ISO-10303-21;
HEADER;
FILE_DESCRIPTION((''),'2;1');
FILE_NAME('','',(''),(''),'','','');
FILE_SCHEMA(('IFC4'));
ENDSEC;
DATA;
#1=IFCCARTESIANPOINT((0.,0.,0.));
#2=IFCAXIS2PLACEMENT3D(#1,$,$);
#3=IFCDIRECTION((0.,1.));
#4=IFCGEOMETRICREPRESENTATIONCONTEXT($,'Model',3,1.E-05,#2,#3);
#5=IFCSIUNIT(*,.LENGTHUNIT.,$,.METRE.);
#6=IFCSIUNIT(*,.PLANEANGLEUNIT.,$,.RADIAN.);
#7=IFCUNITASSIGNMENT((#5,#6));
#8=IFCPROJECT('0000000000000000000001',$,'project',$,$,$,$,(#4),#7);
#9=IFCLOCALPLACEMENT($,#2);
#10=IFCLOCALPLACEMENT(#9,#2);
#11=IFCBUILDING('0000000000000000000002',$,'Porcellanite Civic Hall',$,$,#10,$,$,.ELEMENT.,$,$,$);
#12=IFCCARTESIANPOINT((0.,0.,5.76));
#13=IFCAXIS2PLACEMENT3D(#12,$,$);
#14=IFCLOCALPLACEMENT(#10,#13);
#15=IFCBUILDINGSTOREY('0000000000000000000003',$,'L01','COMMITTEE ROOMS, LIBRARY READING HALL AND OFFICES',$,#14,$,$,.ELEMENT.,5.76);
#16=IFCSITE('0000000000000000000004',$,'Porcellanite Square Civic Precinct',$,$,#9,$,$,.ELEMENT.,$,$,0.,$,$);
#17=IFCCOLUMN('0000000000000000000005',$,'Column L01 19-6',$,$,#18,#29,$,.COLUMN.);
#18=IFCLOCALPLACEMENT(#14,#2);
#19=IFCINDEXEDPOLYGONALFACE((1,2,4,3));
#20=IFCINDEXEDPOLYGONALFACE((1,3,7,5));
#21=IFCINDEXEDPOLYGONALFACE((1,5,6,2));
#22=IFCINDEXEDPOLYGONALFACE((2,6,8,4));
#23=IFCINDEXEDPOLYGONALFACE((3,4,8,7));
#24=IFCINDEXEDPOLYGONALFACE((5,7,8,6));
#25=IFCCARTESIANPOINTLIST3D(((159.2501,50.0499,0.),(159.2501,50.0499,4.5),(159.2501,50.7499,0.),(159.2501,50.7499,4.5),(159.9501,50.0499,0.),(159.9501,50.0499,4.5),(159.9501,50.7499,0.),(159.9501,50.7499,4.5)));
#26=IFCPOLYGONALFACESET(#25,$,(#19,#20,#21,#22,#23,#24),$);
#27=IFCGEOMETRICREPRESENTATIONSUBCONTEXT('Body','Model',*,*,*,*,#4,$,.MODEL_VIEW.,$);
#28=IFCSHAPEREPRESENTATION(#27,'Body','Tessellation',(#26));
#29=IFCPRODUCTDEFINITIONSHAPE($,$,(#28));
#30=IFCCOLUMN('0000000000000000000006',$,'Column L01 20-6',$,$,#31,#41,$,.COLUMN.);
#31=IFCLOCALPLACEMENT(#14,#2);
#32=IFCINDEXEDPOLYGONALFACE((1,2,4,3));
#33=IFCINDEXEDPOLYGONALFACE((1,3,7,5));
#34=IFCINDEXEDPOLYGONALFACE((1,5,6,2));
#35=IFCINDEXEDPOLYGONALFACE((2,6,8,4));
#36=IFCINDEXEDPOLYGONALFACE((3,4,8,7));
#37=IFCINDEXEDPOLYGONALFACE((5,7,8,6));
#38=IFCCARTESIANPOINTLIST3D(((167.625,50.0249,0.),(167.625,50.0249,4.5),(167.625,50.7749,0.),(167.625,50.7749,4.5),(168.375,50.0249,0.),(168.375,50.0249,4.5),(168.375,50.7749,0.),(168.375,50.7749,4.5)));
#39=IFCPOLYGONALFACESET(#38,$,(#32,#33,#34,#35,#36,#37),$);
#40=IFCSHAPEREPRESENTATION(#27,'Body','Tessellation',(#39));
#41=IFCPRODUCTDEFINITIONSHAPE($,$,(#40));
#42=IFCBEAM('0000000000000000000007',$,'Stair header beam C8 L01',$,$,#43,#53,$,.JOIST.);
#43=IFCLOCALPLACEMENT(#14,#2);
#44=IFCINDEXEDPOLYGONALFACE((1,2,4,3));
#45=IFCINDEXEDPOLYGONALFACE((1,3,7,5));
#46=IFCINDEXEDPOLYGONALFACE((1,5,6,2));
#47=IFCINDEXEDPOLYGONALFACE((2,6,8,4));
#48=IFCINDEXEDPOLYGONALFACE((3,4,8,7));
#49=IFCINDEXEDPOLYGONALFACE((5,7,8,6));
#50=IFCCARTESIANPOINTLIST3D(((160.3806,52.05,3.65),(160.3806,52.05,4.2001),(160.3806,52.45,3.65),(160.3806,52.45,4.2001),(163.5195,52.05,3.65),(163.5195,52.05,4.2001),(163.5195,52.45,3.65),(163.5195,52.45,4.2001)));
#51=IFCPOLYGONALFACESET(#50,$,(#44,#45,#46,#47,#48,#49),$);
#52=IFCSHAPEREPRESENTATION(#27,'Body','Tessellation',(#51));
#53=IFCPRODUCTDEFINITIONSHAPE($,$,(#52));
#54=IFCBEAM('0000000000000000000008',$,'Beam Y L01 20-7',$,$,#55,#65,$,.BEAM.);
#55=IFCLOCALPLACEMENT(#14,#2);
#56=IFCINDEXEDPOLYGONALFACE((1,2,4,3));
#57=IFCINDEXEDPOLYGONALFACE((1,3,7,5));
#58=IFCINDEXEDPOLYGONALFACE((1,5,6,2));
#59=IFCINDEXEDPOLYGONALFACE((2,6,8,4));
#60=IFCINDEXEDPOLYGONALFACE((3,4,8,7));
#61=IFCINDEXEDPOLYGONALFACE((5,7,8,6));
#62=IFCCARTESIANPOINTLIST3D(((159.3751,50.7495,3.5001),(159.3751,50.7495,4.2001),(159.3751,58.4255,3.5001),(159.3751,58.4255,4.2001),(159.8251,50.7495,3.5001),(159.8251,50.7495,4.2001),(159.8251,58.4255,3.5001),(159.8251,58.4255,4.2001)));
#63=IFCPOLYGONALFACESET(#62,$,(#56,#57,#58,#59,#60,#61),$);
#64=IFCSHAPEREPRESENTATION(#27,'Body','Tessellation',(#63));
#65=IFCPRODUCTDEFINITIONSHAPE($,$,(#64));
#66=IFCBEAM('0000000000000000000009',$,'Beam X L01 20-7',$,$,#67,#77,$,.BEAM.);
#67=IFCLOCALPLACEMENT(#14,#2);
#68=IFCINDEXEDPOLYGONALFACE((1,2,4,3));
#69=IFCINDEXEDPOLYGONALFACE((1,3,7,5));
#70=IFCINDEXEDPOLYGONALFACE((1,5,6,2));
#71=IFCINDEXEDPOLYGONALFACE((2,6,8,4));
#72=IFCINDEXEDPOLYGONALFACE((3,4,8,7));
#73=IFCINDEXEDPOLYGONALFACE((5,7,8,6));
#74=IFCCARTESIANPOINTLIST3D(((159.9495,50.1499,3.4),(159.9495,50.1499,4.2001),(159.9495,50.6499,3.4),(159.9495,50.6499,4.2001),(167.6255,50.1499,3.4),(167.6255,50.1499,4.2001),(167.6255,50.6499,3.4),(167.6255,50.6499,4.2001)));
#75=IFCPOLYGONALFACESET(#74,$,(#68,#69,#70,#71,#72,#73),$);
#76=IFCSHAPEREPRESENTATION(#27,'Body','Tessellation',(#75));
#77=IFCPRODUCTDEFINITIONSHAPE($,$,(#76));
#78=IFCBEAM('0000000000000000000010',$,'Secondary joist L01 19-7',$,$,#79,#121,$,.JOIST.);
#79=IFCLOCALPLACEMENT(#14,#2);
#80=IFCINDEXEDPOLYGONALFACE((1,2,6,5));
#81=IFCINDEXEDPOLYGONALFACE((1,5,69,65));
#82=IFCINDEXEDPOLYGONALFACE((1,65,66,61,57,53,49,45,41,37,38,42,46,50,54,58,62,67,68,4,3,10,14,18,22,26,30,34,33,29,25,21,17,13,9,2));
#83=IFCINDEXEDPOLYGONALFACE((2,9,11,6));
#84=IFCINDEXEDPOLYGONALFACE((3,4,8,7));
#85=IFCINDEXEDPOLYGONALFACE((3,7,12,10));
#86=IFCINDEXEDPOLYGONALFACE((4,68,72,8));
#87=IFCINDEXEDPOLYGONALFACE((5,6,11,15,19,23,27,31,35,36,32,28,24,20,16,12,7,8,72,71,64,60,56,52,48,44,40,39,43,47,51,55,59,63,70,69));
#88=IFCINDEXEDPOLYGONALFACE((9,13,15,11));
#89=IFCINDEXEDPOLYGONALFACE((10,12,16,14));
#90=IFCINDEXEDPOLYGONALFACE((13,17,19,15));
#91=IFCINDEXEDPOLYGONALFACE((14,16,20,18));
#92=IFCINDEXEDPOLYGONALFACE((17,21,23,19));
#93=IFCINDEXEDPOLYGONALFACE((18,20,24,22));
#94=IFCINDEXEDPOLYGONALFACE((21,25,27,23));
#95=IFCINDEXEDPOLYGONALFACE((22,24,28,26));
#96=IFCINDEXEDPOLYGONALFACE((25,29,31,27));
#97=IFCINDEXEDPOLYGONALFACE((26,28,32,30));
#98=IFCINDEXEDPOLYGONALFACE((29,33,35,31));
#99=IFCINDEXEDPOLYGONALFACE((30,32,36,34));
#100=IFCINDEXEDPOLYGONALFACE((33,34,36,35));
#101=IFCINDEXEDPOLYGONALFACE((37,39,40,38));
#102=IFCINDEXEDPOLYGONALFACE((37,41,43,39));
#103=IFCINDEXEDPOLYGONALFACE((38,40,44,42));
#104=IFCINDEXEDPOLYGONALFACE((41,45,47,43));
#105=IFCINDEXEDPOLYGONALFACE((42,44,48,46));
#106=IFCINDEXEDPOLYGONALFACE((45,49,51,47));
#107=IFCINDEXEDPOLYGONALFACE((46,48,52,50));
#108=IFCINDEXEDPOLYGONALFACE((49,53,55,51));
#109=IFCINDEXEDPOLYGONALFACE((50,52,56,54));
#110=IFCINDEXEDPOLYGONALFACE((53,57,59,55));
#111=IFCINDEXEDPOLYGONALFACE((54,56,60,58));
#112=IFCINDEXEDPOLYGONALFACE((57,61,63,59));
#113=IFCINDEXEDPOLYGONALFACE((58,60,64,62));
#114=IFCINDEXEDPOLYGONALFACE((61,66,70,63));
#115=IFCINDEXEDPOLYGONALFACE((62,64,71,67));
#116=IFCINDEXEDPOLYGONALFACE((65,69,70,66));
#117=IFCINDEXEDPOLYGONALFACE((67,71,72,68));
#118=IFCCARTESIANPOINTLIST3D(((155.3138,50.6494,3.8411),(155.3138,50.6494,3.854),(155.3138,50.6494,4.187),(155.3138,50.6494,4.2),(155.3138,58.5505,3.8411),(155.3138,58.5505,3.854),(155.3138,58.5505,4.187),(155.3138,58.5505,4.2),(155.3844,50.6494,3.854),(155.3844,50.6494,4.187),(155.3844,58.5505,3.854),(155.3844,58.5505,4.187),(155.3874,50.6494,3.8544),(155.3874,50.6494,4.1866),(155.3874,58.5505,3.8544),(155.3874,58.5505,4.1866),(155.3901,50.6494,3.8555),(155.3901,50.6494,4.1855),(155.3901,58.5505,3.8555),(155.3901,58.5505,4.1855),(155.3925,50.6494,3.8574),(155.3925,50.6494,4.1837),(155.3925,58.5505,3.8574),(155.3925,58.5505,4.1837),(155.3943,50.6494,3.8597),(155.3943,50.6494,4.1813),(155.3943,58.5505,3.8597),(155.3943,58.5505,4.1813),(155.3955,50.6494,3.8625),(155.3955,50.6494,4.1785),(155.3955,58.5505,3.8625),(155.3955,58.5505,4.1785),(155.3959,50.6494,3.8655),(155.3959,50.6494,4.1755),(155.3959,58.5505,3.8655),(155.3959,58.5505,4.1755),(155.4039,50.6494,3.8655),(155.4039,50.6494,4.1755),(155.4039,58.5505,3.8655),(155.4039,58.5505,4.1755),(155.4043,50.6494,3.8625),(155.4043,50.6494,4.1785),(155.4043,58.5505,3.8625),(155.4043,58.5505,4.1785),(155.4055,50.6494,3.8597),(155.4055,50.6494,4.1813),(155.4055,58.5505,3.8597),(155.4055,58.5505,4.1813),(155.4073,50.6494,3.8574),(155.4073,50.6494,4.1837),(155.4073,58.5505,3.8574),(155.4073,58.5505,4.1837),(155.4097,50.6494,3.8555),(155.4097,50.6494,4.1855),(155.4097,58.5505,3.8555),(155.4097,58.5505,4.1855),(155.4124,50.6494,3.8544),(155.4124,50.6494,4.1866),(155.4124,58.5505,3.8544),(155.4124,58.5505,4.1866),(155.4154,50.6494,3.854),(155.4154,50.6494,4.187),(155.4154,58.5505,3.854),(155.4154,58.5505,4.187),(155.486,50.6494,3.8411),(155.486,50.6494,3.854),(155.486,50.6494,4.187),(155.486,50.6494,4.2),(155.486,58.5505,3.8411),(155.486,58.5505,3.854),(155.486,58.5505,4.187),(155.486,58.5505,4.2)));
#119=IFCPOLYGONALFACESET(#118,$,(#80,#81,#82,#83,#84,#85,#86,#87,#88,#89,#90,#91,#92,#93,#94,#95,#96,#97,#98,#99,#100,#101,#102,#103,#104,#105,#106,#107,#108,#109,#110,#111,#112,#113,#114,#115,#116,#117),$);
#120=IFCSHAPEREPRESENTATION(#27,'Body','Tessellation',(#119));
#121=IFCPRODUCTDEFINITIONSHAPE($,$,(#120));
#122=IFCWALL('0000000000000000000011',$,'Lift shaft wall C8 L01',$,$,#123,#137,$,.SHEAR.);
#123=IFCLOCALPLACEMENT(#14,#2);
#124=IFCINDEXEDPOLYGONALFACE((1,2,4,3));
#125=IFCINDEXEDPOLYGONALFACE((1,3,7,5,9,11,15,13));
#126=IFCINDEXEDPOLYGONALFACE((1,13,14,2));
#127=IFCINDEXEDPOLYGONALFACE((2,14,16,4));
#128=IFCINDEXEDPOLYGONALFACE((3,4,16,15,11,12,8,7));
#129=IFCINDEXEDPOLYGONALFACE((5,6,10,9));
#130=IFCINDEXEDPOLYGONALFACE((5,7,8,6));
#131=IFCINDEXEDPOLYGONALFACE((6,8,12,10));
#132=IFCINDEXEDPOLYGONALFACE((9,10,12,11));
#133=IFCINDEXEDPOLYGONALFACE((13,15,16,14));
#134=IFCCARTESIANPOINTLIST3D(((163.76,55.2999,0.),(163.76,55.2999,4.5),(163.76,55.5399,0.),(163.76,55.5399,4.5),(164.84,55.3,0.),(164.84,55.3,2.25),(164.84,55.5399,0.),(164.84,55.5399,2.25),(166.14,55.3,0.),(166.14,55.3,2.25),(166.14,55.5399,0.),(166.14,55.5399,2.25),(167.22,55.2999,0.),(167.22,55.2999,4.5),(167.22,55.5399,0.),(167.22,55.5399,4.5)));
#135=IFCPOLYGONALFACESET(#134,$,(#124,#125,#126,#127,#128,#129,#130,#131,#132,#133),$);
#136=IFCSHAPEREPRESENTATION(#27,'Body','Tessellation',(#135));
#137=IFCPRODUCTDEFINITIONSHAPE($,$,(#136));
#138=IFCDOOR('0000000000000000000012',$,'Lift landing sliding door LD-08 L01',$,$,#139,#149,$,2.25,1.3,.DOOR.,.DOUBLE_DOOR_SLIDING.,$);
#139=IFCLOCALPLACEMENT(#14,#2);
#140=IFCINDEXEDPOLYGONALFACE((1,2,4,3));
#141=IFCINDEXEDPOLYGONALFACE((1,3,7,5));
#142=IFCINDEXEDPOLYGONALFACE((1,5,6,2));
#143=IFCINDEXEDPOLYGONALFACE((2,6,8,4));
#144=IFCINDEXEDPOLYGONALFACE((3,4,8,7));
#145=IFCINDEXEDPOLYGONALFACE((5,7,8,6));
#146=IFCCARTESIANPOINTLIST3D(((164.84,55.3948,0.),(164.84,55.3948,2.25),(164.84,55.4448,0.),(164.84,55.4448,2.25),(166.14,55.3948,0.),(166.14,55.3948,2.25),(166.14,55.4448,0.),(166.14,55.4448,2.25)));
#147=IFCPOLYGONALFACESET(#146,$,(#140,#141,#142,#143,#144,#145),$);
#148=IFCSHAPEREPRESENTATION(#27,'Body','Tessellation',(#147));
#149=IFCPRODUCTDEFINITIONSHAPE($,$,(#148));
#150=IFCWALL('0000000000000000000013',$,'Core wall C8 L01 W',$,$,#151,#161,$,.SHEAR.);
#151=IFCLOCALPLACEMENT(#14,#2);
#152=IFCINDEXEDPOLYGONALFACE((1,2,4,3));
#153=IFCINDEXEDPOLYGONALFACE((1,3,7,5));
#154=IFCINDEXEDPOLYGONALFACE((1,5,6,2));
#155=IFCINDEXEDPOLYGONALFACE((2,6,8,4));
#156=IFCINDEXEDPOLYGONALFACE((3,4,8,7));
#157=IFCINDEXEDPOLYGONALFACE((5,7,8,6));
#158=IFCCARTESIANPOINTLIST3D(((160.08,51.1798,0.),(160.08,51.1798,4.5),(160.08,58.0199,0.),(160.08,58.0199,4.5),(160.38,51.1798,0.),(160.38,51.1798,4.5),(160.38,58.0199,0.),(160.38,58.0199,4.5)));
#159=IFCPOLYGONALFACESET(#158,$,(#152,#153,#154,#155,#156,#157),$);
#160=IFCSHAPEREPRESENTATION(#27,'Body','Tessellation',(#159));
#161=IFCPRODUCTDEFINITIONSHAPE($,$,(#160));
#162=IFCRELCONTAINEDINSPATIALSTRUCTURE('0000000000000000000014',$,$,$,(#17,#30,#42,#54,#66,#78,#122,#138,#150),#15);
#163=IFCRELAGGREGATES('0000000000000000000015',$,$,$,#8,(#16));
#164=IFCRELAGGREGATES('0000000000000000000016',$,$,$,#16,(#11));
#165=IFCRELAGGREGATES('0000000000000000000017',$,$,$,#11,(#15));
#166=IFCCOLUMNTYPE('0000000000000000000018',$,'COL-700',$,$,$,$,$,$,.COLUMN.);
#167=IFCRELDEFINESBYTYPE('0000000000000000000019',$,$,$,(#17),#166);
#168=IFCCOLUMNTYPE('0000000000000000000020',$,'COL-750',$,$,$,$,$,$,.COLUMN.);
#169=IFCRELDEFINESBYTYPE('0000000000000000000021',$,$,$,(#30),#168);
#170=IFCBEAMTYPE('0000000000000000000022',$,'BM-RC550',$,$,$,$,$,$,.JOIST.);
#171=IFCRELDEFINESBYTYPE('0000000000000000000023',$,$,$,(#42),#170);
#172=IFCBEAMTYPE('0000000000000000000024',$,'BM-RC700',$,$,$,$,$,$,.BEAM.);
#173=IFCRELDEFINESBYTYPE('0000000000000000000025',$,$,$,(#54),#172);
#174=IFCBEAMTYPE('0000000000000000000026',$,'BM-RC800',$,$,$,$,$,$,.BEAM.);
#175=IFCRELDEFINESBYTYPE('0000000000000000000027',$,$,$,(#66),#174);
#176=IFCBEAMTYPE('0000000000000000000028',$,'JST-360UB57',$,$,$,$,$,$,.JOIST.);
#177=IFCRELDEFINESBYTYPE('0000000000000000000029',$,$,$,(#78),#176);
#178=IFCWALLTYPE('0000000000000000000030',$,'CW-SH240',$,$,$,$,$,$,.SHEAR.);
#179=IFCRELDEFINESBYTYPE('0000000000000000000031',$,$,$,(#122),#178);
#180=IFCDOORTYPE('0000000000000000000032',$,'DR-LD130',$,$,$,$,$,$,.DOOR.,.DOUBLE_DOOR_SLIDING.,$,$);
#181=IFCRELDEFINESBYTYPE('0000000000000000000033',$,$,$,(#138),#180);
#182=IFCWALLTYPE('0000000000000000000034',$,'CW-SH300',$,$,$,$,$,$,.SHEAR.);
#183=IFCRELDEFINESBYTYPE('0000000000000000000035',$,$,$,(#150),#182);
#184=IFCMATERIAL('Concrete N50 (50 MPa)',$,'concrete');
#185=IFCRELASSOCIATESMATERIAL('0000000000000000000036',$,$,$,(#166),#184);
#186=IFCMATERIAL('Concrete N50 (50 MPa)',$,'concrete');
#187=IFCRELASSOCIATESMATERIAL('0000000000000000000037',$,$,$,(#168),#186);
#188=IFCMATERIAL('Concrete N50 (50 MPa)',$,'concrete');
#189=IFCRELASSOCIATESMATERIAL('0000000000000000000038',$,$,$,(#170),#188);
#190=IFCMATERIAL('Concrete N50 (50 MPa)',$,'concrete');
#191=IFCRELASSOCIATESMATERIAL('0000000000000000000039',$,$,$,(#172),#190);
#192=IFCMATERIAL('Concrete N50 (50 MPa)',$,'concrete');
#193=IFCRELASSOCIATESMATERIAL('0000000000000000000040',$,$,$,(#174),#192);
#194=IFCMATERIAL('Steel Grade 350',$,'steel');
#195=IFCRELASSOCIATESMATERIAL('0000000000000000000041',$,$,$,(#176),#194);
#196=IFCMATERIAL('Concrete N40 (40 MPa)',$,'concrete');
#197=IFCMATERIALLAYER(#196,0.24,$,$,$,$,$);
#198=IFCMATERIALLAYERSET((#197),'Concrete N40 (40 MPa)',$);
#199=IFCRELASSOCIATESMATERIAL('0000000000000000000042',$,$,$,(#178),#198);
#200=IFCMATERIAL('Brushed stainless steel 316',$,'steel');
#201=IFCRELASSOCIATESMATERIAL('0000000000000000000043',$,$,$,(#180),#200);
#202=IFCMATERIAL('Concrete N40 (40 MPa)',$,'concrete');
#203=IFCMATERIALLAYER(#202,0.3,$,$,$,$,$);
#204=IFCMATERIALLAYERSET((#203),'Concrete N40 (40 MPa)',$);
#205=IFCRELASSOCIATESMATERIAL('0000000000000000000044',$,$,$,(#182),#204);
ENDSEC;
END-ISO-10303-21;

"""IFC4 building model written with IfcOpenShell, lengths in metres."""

from ifc_helpers import new_model, si_unit, direction, frame, frame_2d, origin, origin_2d, place, context, subcontext, project, spatial, rectangle, i_section, extrude, material, layer, layer_set, material_profile, profile_set, type_object, element, fill, save


model = new_model("IFC4")

# Units and contexts
model_context = context("Model", 3, precision=1e-05, world=origin(), true_north=direction((0.0, 1.0)))
body_context = subcontext(model_context, "Body", "Model", "MODEL_VIEW")
ifc_project = project(units=[si_unit("LENGTHUNIT", "METRE"), si_unit("PLANEANGLEUNIT", "RADIAN")], contexts=[model_context])

# Site, building, storey
site_placement = place(None, origin())
site = spatial("IfcSite", under=ifc_project, at=site_placement, Name="Porcellanite Square Civic Precinct", CompositionType="ELEMENT", RefElevation=0.0)
building_placement = place(site_placement, origin())
building = spatial("IfcBuilding", under=site, at=building_placement, Name="Porcellanite Civic Hall", CompositionType="ELEMENT")
storey_placement = place(building_placement, frame((0.0, 0.0, 5.76)))
storey = spatial("IfcBuildingStorey", under=building, at=storey_placement, Name="L01", Description="COMMITTEE ROOMS, LIBRARY READING HALL AND OFFICES", CompositionType="ELEMENT", Elevation=5.76)

# Columns
ifc_material_1 = material(Name="Concrete N50 (50 MPa)", Category="concrete")
ifc_material_profile_1 = material_profile(ifc_material_1, rectangle(XDim=0.7, YDim=0.7, at=origin_2d()), Name="RC-700x700")
ifc_profile_set_1 = profile_set([ifc_material_profile_1], Name="Concrete N50 (50 MPa)")
column_type_1 = type_object("IfcColumnType", Name="COL-700", PredefinedType="COLUMN", material=ifc_profile_set_1)
column_1_placement = place(storey_placement, frame((159.6001, 50.3999, 0.0), z_axis=(0.0, 0.0, 1.0), x_axis=(1.0, 0.0, 0.0)))
element("IfcColumn", 1, at=column_1_placement, inside=storey, type_object=column_type_1, Name="Column L01 19-6", PredefinedType="COLUMN", context=body_context, shape_type="SweptSolid", body=[
    extrude(rectangle(XDim=0.7, YDim=0.7, at=origin_2d()), origin(), (0.0, 0.0, 1.0), 4.5),
])
ifc_material_2 = material(Name="Concrete N50 (50 MPa)", Category="concrete")
ifc_material_profile_2 = material_profile(ifc_material_2, rectangle(XDim=0.75, YDim=0.75, at=origin_2d()), Name="RC-750x750")
ifc_profile_set_2 = profile_set([ifc_material_profile_2], Name="Concrete N50 (50 MPa)")
column_type_2 = type_object("IfcColumnType", Name="COL-750", PredefinedType="COLUMN", material=ifc_profile_set_2)
column_2_placement = place(storey_placement, frame((168.0, 50.3999, 0.0), z_axis=(0.0, 0.0, 1.0), x_axis=(1.0, 0.0, 0.0)))
element("IfcColumn", 2, at=column_2_placement, inside=storey, type_object=column_type_2, Name="Column L01 20-6", PredefinedType="COLUMN", context=body_context, shape_type="SweptSolid", body=[
    extrude(rectangle(XDim=0.75, YDim=0.75, at=origin_2d()), origin(), (0.0, 0.0, 1.0), 4.5),
])

# Beams
ifc_material_3 = material(Name="Concrete N50 (50 MPa)", Category="concrete")
ifc_material_profile_3 = material_profile(ifc_material_3, rectangle(XDim=0.3999, YDim=0.55, at=origin_2d()), Name="RC-400x550")
ifc_profile_set_3 = profile_set([ifc_material_profile_3], Name="Concrete N50 (50 MPa)")
beam_type_1 = type_object("IfcBeamType", Name="BM-RC550", PredefinedType="JOIST", material=ifc_profile_set_3)
beam_1_placement = place(storey_placement, frame((160.3806, 52.25, 3.925), z_axis=(1.0, 0.0, 0.0), x_axis=(0.0, 1.0, 0.0)))
element("IfcBeam", 3, at=beam_1_placement, inside=storey, type_object=beam_type_1, Name="Stair header beam C8 L01", PredefinedType="JOIST", context=body_context, shape_type="SweptSolid", body=[
    extrude(rectangle(XDim=0.3999, YDim=0.55, at=origin_2d()), origin(), (0.0, 0.0, 1.0), 3.1389),
])
ifc_material_4 = material(Name="Concrete N50 (50 MPa)", Category="concrete")
ifc_material_profile_4 = material_profile(ifc_material_4, rectangle(XDim=0.45, YDim=0.7, at=origin_2d()), Name="RC-450x700")
ifc_profile_set_4 = profile_set([ifc_material_profile_4], Name="Concrete N50 (50 MPa)")
beam_type_2 = type_object("IfcBeamType", Name="BM-RC700", PredefinedType="BEAM", material=ifc_profile_set_4)
beam_2_placement = place(storey_placement, frame((159.6001, 50.7495, 3.8501), z_axis=(0.0, 1.0, 0.0), x_axis=(-1.0, 0.0, 0.0)))
element("IfcBeam", 4, at=beam_2_placement, inside=storey, type_object=beam_type_2, Name="Beam Y L01 20-7", PredefinedType="BEAM", context=body_context, shape_type="SweptSolid", body=[
    extrude(rectangle(XDim=0.45, YDim=0.7, at=origin_2d()), origin(), (0.0, 0.0, 1.0), 7.676),
])
ifc_material_5 = material(Name="Concrete N50 (50 MPa)", Category="concrete")
ifc_material_profile_5 = material_profile(ifc_material_5, rectangle(XDim=0.5, YDim=0.8, at=origin_2d()), Name="RC-500x800")
ifc_profile_set_5 = profile_set([ifc_material_profile_5], Name="Concrete N50 (50 MPa)")
beam_type_3 = type_object("IfcBeamType", Name="BM-RC800", PredefinedType="BEAM", material=ifc_profile_set_5)
beam_3_placement = place(storey_placement, frame((159.9495, 50.3999, 3.8), z_axis=(1.0, 0.0, 0.0), x_axis=(0.0, 1.0, 0.0)))
element("IfcBeam", 5, at=beam_3_placement, inside=storey, type_object=beam_type_3, Name="Beam X L01 20-7", PredefinedType="BEAM", context=body_context, shape_type="SweptSolid", body=[
    extrude(rectangle(XDim=0.5, YDim=0.8, at=origin_2d()), origin(), (0.0, 0.0, 1.0), 7.676),
])
ifc_material_6 = material(Name="Steel Grade 350", Category="steel")
ifc_material_profile_6 = material_profile(ifc_material_6, i_section(OverallWidth=0.1721, OverallDepth=0.3589, WebThickness=0.0081, FlangeThickness=0.0129, FilletRadius=0.0115, at=origin_2d()), Name="360UB56.7")
ifc_profile_set_6 = profile_set([ifc_material_profile_6], Name="Steel Grade 350")
beam_type_4 = type_object("IfcBeamType", Name="JST-360UB57", PredefinedType="JOIST", material=ifc_profile_set_6)
beam_4_placement = place(storey_placement, frame((155.3999, 50.6494, 4.0205), z_axis=(0.0, 1.0, 0.0), x_axis=(-1.0, 0.0, 0.0)))
element("IfcBeam", 6, at=beam_4_placement, inside=storey, type_object=beam_type_4, Name="Secondary joist L01 19-7", PredefinedType="JOIST", context=body_context, shape_type="SweptSolid", body=[
    extrude(i_section(OverallWidth=0.1721, OverallDepth=0.3589, WebThickness=0.0081, FlangeThickness=0.0129, FilletRadius=0.0115, at=origin_2d()), origin(), (0.0, 0.0, 1.0), 7.9011),
])

# Wall, opening, door
ifc_material_7 = material(Name="Concrete N40 (40 MPa)", Category="concrete")
ifc_layer_1 = layer(ifc_material_7, 0.24)
ifc_layer_set_1 = layer_set([ifc_layer_1], Name="Concrete N40 (40 MPa)")
wall_type_1 = type_object("IfcWallType", Name="CW-SH240", PredefinedType="SHEAR", material=ifc_layer_set_1)
wall_1_placement = place(storey_placement, frame((163.76, 55.4199, 0.0), z_axis=(0.0, 0.0, 1.0), x_axis=(1.0, 0.0, 0.0)))
wall_1 = element("IfcWall", 7, at=wall_1_placement, inside=storey, type_object=wall_type_1, Name="Lift shaft wall C8 L01", PredefinedType="SHEAR", context=body_context, shape_type="SweptSolid", body=[
    extrude(rectangle(XDim=3.46, YDim=0.24, at=frame_2d((1.73, 0.0))), origin(), (0.0, 0.0, 1.0), 4.5),
])
opening_1_placement = place(wall_1_placement, frame((1.0801, 0.0, 0.0)))
opening_1 = element("IfcOpeningElement", 8, at=opening_1_placement, cuts=wall_1, PredefinedType="OPENING", context=body_context, shape_type="SweptSolid", body=[
    extrude(rectangle(XDim=1.3, YDim=2.25, at=frame_2d((0.6499, 1.125))), frame((0.0, 0.1201, 0.0), z_axis=(0.0, -1.0, 0.0), x_axis=(1.0, 0.0, 0.0)), (0.0, 0.0, 1.0), 0.24),
])
ifc_material_8 = material(Name="Brushed stainless steel 316", Category="steel")
door_type_1 = type_object("IfcDoorType", Name="DR-LD130", OperationType="DOUBLE_DOOR_SLIDING", PredefinedType="DOOR", material=ifc_material_8)
door_1_placement = place(opening_1_placement, origin())
door_1 = element("IfcDoor", 9, at=door_1_placement, inside=storey, type_object=door_type_1, Name="Lift landing sliding door LD-08 L01", OperationType="DOUBLE_DOOR_SLIDING", OverallHeight=2.25, OverallWidth=1.3, PredefinedType="DOOR", context=body_context, shape_type="SweptSolid", body=[
    extrude(rectangle(XDim=1.3, YDim=2.25, at=frame_2d((0.6499, 1.125))), frame((0.0, 0.0249, 0.0), z_axis=(0.0, -1.0, 0.0), x_axis=(1.0, 0.0, 0.0)), (0.0, 0.0, 1.0), 0.05),
])
fill(opening_1, door_1)
ifc_material_9 = material(Name="Concrete N40 (40 MPa)", Category="concrete")
ifc_layer_2 = layer(ifc_material_9, 0.3)
ifc_layer_set_2 = layer_set([ifc_layer_2], Name="Concrete N40 (40 MPa)")
wall_type_2 = type_object("IfcWallType", Name="CW-SH300", PredefinedType="SHEAR", material=ifc_layer_set_2)

# Wall
wall_2_placement = place(storey_placement, frame((160.23, 51.1799, 0.0), z_axis=(0.0, 0.0, 1.0), x_axis=(0.0, 1.0, 0.0)))
element("IfcWall", 10, at=wall_2_placement, inside=storey, type_object=wall_type_2, Name="Core wall C8 L01 W", PredefinedType="SHEAR", context=body_context, shape_type="SweptSolid", body=[
    extrude(rectangle(XDim=6.8401, YDim=0.3, at=frame_2d((3.4199, 0.0))), origin(), (0.0, 0.0, 1.0), 4.5),
])

save(model, "model.ifc")
